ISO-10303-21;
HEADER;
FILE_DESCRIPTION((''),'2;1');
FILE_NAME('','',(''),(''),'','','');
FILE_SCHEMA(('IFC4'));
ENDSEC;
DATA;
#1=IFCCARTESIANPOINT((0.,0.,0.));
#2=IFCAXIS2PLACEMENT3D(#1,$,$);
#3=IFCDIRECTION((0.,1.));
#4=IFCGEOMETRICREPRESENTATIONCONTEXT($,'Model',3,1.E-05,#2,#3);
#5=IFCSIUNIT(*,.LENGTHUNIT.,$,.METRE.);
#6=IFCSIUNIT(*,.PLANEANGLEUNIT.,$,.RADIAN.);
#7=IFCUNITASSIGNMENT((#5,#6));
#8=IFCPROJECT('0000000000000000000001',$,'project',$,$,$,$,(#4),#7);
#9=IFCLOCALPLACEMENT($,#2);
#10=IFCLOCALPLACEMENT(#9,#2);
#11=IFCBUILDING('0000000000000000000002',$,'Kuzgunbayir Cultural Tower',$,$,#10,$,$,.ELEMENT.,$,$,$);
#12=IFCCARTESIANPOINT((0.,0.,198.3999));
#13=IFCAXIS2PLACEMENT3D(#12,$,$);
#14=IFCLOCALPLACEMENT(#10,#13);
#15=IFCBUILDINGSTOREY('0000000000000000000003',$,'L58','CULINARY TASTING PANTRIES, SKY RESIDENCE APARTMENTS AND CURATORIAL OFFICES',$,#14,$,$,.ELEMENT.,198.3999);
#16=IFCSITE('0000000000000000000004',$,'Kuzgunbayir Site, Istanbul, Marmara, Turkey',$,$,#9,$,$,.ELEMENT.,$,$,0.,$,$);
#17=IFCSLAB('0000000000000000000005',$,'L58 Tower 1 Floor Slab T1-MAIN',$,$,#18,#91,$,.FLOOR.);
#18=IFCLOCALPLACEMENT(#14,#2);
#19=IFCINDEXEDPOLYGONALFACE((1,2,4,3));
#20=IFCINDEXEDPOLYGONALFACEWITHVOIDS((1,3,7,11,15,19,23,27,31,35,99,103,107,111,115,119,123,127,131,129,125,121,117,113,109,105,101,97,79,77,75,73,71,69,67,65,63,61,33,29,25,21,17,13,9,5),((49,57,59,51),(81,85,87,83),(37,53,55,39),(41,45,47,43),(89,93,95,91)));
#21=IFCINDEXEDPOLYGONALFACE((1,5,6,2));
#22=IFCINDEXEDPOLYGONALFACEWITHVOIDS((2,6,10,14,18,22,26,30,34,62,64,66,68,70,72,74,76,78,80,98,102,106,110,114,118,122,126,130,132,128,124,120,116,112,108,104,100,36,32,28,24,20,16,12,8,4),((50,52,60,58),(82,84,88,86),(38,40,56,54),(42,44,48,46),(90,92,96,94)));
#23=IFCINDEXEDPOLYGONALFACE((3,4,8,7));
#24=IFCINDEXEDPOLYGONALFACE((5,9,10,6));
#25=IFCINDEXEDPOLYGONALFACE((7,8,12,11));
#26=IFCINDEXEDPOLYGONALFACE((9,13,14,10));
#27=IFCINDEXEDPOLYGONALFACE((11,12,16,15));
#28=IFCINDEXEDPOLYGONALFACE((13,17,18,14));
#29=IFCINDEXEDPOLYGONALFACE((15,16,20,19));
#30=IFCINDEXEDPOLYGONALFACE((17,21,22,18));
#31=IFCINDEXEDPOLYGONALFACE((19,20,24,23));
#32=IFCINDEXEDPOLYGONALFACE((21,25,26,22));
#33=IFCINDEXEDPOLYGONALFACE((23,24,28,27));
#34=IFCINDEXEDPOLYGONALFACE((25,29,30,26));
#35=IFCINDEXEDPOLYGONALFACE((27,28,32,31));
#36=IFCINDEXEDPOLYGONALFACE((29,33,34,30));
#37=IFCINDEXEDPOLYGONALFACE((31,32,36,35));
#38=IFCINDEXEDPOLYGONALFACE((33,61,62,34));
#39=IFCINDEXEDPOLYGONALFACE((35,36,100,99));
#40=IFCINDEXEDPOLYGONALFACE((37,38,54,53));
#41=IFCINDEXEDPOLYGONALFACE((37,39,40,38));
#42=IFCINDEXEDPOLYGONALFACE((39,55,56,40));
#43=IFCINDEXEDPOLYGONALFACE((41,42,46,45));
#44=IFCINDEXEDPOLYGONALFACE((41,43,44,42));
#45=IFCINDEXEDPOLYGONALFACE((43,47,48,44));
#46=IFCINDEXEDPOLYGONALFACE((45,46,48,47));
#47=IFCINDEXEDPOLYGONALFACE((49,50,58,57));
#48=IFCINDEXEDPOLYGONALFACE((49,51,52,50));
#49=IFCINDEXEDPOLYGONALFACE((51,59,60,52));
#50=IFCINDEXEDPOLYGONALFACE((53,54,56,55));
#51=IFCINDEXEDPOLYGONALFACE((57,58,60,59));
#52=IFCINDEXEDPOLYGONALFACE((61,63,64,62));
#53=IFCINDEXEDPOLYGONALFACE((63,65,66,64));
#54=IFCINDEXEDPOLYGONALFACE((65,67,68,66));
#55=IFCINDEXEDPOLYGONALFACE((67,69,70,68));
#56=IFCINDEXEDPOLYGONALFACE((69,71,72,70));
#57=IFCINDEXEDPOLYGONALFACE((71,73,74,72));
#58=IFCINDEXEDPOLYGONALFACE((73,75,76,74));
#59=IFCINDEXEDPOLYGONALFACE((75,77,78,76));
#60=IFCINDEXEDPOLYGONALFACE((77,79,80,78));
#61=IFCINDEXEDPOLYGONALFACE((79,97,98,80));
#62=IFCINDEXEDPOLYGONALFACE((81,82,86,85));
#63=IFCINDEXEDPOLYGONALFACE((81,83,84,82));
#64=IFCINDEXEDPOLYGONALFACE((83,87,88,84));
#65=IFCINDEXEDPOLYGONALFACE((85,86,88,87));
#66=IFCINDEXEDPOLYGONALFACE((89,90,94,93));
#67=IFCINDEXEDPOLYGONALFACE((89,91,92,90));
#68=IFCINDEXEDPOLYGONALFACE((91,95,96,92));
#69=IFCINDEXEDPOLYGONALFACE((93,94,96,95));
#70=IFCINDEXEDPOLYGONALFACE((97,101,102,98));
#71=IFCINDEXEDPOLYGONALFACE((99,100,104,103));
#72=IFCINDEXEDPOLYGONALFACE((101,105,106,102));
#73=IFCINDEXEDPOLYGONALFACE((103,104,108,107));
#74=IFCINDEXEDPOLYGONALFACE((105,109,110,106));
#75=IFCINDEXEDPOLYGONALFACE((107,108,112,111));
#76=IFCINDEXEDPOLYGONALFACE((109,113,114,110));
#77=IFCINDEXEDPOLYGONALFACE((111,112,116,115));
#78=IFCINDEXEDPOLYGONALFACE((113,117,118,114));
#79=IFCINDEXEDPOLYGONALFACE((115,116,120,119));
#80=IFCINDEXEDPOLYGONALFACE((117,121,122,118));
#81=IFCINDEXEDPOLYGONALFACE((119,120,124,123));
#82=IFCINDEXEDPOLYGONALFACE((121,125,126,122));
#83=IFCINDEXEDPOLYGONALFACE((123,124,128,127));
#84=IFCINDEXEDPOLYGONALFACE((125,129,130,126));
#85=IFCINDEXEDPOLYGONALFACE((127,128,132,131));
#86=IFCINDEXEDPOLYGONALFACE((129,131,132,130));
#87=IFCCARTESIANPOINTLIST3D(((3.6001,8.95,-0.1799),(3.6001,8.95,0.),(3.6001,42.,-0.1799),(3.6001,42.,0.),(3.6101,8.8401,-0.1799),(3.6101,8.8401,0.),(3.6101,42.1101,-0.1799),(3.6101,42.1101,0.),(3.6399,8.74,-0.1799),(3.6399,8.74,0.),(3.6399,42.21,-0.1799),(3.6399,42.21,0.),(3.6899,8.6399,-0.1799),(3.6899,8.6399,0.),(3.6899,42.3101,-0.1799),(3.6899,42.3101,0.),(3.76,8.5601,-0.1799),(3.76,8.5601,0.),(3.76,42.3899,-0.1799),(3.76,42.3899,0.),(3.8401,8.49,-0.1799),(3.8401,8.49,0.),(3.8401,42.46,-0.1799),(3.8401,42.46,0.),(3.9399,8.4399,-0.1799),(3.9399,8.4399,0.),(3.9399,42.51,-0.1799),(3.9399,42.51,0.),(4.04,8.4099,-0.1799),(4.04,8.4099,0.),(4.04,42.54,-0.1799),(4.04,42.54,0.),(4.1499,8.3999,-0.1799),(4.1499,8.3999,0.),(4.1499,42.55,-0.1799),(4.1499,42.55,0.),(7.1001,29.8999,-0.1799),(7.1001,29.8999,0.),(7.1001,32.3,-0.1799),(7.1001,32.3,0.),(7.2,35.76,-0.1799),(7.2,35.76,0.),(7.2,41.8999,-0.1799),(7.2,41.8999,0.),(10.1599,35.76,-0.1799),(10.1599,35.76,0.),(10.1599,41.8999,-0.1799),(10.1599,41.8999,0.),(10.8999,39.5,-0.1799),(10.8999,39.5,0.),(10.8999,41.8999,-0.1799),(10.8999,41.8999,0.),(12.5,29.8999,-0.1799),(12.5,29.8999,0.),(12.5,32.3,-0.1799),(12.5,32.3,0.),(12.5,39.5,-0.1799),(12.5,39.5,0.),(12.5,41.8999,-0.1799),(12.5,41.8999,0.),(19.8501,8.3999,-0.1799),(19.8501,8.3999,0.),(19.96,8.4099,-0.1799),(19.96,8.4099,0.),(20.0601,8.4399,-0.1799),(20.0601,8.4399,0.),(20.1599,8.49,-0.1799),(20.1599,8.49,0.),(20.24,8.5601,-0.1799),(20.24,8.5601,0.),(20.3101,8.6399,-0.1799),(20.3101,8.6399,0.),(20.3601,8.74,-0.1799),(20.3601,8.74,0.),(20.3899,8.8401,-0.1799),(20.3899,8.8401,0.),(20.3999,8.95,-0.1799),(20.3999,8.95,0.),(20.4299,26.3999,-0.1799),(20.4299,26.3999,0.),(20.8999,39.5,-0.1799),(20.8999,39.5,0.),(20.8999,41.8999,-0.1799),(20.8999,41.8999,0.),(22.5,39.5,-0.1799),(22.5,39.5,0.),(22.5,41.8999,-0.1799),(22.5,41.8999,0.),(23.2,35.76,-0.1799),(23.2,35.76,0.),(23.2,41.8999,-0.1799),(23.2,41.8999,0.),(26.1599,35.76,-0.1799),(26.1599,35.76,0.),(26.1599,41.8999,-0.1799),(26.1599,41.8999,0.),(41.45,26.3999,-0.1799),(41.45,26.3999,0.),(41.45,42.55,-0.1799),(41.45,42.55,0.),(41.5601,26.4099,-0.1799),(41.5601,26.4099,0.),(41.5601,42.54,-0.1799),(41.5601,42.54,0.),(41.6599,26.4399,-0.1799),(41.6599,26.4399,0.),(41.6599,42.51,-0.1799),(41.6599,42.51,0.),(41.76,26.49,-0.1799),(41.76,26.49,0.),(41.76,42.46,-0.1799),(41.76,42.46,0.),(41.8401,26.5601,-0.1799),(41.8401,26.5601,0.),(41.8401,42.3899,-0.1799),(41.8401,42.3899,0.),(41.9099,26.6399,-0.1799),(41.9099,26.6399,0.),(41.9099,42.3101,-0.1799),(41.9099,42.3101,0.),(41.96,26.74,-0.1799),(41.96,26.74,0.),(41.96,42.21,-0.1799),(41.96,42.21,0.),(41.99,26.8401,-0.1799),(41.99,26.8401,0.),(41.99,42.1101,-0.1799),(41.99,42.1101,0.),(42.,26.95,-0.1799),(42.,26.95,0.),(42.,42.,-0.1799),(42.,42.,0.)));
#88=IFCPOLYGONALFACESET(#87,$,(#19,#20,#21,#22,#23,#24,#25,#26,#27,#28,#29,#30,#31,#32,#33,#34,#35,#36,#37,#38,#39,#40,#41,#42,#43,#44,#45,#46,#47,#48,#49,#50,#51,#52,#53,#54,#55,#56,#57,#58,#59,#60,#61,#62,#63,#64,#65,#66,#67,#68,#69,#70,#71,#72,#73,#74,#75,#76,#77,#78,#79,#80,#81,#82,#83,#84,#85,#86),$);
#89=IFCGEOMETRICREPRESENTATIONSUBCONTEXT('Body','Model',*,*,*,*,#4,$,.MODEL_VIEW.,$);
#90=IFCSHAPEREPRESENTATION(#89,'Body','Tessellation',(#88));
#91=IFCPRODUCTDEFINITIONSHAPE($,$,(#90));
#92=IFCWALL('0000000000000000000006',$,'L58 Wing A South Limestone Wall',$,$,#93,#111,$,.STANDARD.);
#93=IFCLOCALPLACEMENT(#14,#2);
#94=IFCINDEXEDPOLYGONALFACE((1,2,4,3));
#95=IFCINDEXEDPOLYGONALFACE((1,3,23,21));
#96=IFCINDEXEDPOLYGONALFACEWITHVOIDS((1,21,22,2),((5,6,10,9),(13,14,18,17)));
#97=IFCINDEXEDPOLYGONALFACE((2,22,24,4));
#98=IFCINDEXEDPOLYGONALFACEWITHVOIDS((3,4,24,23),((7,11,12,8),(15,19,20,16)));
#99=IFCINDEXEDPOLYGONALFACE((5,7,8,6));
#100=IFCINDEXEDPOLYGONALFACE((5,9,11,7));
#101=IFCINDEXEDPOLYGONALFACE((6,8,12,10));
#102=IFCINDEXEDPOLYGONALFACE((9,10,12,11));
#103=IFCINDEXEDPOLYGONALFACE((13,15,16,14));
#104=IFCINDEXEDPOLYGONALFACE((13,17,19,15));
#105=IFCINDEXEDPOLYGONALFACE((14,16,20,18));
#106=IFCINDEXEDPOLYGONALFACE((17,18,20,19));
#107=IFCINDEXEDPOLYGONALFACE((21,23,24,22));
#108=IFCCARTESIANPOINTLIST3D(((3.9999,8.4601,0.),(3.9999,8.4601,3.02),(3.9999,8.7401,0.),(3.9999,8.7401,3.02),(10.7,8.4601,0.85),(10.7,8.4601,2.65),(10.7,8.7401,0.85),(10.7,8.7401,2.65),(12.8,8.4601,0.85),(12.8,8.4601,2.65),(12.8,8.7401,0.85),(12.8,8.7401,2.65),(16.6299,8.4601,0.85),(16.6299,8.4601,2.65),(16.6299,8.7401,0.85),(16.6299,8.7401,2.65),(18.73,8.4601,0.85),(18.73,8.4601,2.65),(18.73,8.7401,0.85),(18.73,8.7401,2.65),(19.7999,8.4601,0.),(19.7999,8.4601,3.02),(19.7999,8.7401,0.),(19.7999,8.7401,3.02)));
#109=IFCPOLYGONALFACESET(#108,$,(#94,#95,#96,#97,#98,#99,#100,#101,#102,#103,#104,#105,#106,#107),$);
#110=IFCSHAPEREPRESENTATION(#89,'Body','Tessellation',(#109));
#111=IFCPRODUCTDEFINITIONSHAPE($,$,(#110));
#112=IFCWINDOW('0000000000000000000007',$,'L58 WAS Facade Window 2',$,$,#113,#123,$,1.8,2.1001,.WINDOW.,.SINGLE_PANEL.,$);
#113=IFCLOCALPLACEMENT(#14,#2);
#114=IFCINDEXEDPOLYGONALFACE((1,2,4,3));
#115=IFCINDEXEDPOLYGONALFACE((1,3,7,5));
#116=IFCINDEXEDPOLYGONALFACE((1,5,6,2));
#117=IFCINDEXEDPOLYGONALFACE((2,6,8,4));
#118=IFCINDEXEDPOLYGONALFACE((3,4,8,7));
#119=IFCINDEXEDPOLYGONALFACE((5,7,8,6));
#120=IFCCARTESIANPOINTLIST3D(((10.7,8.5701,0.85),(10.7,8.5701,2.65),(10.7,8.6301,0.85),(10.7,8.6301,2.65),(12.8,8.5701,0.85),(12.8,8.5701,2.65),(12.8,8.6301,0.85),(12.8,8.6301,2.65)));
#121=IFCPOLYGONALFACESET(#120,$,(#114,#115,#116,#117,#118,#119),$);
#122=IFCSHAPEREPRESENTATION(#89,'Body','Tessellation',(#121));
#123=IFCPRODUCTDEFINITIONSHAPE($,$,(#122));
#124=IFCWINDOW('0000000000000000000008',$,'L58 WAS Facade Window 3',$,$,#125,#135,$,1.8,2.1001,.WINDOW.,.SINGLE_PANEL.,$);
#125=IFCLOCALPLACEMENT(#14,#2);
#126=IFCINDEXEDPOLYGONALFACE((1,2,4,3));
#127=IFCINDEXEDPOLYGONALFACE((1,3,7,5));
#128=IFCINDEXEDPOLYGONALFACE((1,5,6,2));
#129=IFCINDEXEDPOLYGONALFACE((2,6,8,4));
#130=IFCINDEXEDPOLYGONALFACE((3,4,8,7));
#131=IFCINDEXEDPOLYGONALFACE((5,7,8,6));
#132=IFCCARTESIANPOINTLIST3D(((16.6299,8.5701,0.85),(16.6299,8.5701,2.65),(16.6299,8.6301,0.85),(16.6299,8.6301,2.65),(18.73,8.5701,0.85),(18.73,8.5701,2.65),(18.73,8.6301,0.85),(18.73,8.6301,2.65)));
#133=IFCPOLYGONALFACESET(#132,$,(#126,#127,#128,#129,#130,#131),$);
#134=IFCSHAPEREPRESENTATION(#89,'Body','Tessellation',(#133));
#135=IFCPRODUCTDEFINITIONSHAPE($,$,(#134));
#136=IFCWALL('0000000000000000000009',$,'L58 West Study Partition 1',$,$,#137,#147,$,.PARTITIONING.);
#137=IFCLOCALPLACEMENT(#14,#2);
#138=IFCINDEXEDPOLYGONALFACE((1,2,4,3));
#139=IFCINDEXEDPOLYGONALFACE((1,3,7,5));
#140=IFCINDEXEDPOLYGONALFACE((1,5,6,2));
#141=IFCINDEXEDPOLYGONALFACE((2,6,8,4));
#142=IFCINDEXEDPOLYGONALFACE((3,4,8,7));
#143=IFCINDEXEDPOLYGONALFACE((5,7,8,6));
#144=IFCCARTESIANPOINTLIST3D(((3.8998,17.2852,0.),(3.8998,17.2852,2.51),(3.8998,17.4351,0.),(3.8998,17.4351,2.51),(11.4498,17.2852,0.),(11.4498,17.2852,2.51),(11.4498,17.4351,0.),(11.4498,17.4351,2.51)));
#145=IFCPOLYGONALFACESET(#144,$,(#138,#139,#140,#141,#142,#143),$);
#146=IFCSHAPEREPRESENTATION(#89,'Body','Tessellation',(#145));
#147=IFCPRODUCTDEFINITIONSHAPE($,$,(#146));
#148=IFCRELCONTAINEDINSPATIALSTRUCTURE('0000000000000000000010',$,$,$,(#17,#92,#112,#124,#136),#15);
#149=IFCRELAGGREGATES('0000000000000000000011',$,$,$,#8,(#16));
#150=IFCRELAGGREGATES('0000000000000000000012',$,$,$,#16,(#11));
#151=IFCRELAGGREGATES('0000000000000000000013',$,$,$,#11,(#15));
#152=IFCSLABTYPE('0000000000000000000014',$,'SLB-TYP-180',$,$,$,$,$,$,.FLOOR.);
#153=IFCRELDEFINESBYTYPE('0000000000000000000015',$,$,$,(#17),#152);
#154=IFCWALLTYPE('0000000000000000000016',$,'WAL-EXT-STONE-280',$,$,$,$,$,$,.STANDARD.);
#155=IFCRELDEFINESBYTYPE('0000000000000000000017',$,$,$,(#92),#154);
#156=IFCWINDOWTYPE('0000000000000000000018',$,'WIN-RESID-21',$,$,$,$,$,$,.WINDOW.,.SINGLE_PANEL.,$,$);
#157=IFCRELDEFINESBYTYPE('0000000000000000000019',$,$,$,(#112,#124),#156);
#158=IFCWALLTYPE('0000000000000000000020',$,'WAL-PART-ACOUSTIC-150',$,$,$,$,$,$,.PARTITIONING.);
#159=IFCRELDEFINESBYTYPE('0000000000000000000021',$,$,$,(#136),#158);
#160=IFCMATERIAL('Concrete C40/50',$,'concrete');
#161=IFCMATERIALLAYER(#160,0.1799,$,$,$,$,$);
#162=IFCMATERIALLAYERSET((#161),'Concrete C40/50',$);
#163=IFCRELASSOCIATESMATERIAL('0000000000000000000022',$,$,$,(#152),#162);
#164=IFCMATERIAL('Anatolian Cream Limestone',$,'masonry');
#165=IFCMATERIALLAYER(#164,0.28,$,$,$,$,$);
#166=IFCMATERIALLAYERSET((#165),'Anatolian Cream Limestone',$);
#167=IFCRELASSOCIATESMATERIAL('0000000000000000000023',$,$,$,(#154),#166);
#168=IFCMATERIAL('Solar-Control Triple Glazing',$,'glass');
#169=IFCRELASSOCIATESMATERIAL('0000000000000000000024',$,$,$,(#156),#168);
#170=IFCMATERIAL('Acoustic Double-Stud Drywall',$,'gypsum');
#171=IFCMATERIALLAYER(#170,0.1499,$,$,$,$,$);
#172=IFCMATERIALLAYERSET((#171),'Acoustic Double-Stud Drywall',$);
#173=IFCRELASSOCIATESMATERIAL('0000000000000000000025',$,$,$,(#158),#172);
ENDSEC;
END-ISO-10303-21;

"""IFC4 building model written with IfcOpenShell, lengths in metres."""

from ifc_helpers import new_model, si_unit, direction, frame, frame_2d, origin, place, context, subcontext, project, spatial, polyline, rectangle, outline, extrude, material, layer, layer_set, type_object, element, fill, save


model = new_model("IFC4")

# Units and contexts
model_context = context("Model", 3, precision=1e-05, world=origin(), true_north=direction((0.0, 1.0)))
body_context = subcontext(model_context, "Body", "Model", "MODEL_VIEW")
ifc_project = project(units=[si_unit("LENGTHUNIT", "METRE"), si_unit("PLANEANGLEUNIT", "RADIAN")], contexts=[model_context])

# Site, building, storey
site_placement = place(None, origin())
site = spatial("IfcSite", under=ifc_project, at=site_placement, Name="Kuzgunbayir Site, Istanbul, Marmara, Turkey", CompositionType="ELEMENT", RefElevation=0.0)
building_placement = place(site_placement, origin())
building = spatial("IfcBuilding", under=site, at=building_placement, Name="Kuzgunbayir Cultural Tower", CompositionType="ELEMENT")
storey_placement = place(building_placement, frame((0.0, 0.0, 198.3999)))
storey = spatial("IfcBuildingStorey", under=building, at=storey_placement, Name="L58", Description="CULINARY TASTING PANTRIES, SKY RESIDENCE APARTMENTS AND CURATORIAL OFFICES", CompositionType="ELEMENT", Elevation=198.3999)

# Shared definitions
ifc_material_1 = material(Name="Concrete C40/50", Category="concrete")

# Slab
ifc_layer_1 = layer(ifc_material_1, 0.1799)
ifc_layer_set_1 = layer_set([ifc_layer_1], Name="Concrete C40/50")
slab_type_1 = type_object("IfcSlabType", Name="SLB-TYP-180", PredefinedType="FLOOR", material=ifc_layer_set_1)
slab_1_placement = place(storey_placement, frame((0.0, 0.0, -0.1799)))
element("IfcSlab", 1, at=slab_1_placement, inside=storey, type_object=slab_type_1, Name="L58 Tower 1 Floor Slab T1-MAIN", PredefinedType="FLOOR", context=body_context, shape_type="SweptSolid", body=[
    extrude(outline(polyline([(20.3999, 8.95), (20.3899, 8.8401), (20.3601, 8.74), (20.3101, 8.6399), (20.24, 8.5601), (20.1599, 8.49), (20.0601, 8.4399), (19.96, 8.4099), (19.8501, 8.3999), (4.1499, 8.3999), (4.04, 8.4099), (3.9399, 8.4399), (3.8401, 8.49), (3.76, 8.5601), (3.6899, 8.6399), (3.6399, 8.74), (3.6101, 8.8401), (3.6001, 8.95), (3.6001, 42.0), (3.6101, 42.1101), (3.6399, 42.21), (3.6899, 42.3101), (3.76, 42.3899), (3.8401, 42.46), (3.9399, 42.51), (4.04, 42.54), (4.1499, 42.55), (41.45, 42.55), (41.5601, 42.54), (41.6599, 42.51), (41.76, 42.46), (41.8401, 42.3899), (41.9099, 42.3101), (41.96, 42.21), (41.99, 42.1101), (42.0, 42.0), (42.0, 26.95), (41.99, 26.8401), (41.96, 26.74), (41.9099, 26.6399), (41.8401, 26.5601), (41.76, 26.49), (41.6599, 26.4399), (41.5601, 26.4099), (41.45, 26.3999), (20.4299, 26.3999), (20.3999, 8.95)]), holes=[polyline([(7.2, 35.76), (7.2, 41.8999), (10.1599, 41.8999), (10.1599, 35.76), (7.2, 35.76)]), polyline([(23.2, 35.76), (23.2, 41.8999), (26.1599, 41.8999), (26.1599, 35.76), (23.2, 35.76)]), polyline([(7.1001, 29.8999), (7.1001, 32.3), (12.5, 32.3), (12.5, 29.8999), (7.1001, 29.8999)]), polyline([(10.8999, 39.5), (10.8999, 41.8999), (12.5, 41.8999), (12.5, 39.5), (10.8999, 39.5)]), polyline([(20.8999, 39.5), (20.8999, 41.8999), (22.5, 41.8999), (22.5, 39.5), (20.8999, 39.5)])]), origin(), (0.0, 0.0, 1.0), 0.1799),
])

# Wall, openings, windows
ifc_material_2 = material(Name="Anatolian Cream Limestone", Category="masonry")
ifc_layer_2 = layer(ifc_material_2, 0.28)
ifc_layer_set_2 = layer_set([ifc_layer_2], Name="Anatolian Cream Limestone")
wall_type_1 = type_object("IfcWallType", Name="WAL-EXT-STONE-280", PredefinedType="STANDARD", material=ifc_layer_set_2)
wall_1_placement = place(storey_placement, frame((4.0, 8.6001, 0.0), z_axis=(0.0, 0.0, 1.0), x_axis=(1.0, 0.0, 0.0)))
wall_1 = element("IfcWall", 2, at=wall_1_placement, inside=storey, type_object=wall_type_1, Name="L58 Wing A South Limestone Wall", PredefinedType="STANDARD", context=body_context, shape_type="SweptSolid", body=[
    extrude(rectangle(XDim=15.8, YDim=0.28, at=frame_2d((7.8999, 0.0))), origin(), (0.0, 0.0, 1.0), 3.02),
])
opening_1_placement = place(wall_1_placement, frame((6.7, 0.0, 0.8501)))
opening_1 = element("IfcOpeningElement", 3, at=opening_1_placement, cuts=wall_1, PredefinedType="OPENING", context=body_context, shape_type="SweptSolid", body=[
    extrude(rectangle(XDim=2.1001, YDim=1.8, at=frame_2d((1.05, 0.8999))), frame((0.0, 0.1499, 0.0), z_axis=(0.0, -1.0, 0.0), x_axis=(1.0, 0.0, 0.0)), (0.0, 0.0, 1.0), 0.3),
])
opening_2_placement = place(wall_1_placement, frame((12.6299, 0.0, 0.8501)))
opening_2 = element("IfcOpeningElement", 4, at=opening_2_placement, cuts=wall_1, PredefinedType="OPENING", context=body_context, shape_type="SweptSolid", body=[
    extrude(rectangle(XDim=2.1001, YDim=1.8, at=frame_2d((1.05, 0.8999))), frame((0.0, 0.1499, 0.0), z_axis=(0.0, -1.0, 0.0), x_axis=(1.0, 0.0, 0.0)), (0.0, 0.0, 1.0), 0.3),
])
ifc_material_3 = material(Name="Solar-Control Triple Glazing", Category="glass")
window_type = type_object("IfcWindowType", Name="WIN-RESID-21", PartitioningType="SINGLE_PANEL", PredefinedType="WINDOW", material=ifc_material_3)
window_1_placement = place(opening_1_placement, origin())
window_1 = element("IfcWindow", 5, at=window_1_placement, inside=storey, type_object=window_type, Name="L58 WAS Facade Window 2", OverallHeight=1.8, OverallWidth=2.1001, PartitioningType="SINGLE_PANEL", PredefinedType="WINDOW", context=body_context, shape_type="SweptSolid", body=[
    extrude(rectangle(XDim=2.1001, YDim=1.8, at=frame_2d((1.05, 0.8999))), frame((0.0, 0.03, 0.0), z_axis=(0.0, -1.0, 0.0), x_axis=(1.0, 0.0, 0.0)), (0.0, 0.0, 1.0), 0.0601),
])
fill(opening_1, window_1)
window_2_placement = place(opening_2_placement, origin())
window_2 = element("IfcWindow", 6, at=window_2_placement, inside=storey, type_object=window_type, Name="L58 WAS Facade Window 3", OverallHeight=1.8, OverallWidth=2.1001, PartitioningType="SINGLE_PANEL", PredefinedType="WINDOW", context=body_context, shape_type="SweptSolid", body=[
    extrude(rectangle(XDim=2.1001, YDim=1.8, at=frame_2d((1.05, 0.8999))), frame((0.0, 0.03, 0.0), z_axis=(0.0, -1.0, 0.0), x_axis=(1.0, 0.0, 0.0)), (0.0, 0.0, 1.0), 0.0601),
])
fill(opening_2, window_2)

# Wall
ifc_material_4 = material(Name="Acoustic Double-Stud Drywall", Category="gypsum")
ifc_layer_3 = layer(ifc_material_4, 0.1499)
ifc_layer_set_3 = layer_set([ifc_layer_3], Name="Acoustic Double-Stud Drywall")
wall_type_2 = type_object("IfcWallType", Name="WAL-PART-ACOUSTIC-150", PredefinedType="PARTITIONING", material=ifc_layer_set_3)
wall_2_placement = place(storey_placement, frame((3.8999, 17.3601, 0.0), z_axis=(0.0, 0.0, 1.0), x_axis=(1.0, 0.0, 0.0)))
element("IfcWall", 7, at=wall_2_placement, inside=storey, type_object=wall_type_2, Name="L58 West Study Partition 1", PredefinedType="PARTITIONING", context=body_context, shape_type="SweptSolid", body=[
    extrude(rectangle(XDim=7.55, YDim=0.1499, at=frame_2d((3.7749, 0.0))), origin(), (0.0, 0.0, 1.0), 2.51),
])

save(model, "model.ifc")
